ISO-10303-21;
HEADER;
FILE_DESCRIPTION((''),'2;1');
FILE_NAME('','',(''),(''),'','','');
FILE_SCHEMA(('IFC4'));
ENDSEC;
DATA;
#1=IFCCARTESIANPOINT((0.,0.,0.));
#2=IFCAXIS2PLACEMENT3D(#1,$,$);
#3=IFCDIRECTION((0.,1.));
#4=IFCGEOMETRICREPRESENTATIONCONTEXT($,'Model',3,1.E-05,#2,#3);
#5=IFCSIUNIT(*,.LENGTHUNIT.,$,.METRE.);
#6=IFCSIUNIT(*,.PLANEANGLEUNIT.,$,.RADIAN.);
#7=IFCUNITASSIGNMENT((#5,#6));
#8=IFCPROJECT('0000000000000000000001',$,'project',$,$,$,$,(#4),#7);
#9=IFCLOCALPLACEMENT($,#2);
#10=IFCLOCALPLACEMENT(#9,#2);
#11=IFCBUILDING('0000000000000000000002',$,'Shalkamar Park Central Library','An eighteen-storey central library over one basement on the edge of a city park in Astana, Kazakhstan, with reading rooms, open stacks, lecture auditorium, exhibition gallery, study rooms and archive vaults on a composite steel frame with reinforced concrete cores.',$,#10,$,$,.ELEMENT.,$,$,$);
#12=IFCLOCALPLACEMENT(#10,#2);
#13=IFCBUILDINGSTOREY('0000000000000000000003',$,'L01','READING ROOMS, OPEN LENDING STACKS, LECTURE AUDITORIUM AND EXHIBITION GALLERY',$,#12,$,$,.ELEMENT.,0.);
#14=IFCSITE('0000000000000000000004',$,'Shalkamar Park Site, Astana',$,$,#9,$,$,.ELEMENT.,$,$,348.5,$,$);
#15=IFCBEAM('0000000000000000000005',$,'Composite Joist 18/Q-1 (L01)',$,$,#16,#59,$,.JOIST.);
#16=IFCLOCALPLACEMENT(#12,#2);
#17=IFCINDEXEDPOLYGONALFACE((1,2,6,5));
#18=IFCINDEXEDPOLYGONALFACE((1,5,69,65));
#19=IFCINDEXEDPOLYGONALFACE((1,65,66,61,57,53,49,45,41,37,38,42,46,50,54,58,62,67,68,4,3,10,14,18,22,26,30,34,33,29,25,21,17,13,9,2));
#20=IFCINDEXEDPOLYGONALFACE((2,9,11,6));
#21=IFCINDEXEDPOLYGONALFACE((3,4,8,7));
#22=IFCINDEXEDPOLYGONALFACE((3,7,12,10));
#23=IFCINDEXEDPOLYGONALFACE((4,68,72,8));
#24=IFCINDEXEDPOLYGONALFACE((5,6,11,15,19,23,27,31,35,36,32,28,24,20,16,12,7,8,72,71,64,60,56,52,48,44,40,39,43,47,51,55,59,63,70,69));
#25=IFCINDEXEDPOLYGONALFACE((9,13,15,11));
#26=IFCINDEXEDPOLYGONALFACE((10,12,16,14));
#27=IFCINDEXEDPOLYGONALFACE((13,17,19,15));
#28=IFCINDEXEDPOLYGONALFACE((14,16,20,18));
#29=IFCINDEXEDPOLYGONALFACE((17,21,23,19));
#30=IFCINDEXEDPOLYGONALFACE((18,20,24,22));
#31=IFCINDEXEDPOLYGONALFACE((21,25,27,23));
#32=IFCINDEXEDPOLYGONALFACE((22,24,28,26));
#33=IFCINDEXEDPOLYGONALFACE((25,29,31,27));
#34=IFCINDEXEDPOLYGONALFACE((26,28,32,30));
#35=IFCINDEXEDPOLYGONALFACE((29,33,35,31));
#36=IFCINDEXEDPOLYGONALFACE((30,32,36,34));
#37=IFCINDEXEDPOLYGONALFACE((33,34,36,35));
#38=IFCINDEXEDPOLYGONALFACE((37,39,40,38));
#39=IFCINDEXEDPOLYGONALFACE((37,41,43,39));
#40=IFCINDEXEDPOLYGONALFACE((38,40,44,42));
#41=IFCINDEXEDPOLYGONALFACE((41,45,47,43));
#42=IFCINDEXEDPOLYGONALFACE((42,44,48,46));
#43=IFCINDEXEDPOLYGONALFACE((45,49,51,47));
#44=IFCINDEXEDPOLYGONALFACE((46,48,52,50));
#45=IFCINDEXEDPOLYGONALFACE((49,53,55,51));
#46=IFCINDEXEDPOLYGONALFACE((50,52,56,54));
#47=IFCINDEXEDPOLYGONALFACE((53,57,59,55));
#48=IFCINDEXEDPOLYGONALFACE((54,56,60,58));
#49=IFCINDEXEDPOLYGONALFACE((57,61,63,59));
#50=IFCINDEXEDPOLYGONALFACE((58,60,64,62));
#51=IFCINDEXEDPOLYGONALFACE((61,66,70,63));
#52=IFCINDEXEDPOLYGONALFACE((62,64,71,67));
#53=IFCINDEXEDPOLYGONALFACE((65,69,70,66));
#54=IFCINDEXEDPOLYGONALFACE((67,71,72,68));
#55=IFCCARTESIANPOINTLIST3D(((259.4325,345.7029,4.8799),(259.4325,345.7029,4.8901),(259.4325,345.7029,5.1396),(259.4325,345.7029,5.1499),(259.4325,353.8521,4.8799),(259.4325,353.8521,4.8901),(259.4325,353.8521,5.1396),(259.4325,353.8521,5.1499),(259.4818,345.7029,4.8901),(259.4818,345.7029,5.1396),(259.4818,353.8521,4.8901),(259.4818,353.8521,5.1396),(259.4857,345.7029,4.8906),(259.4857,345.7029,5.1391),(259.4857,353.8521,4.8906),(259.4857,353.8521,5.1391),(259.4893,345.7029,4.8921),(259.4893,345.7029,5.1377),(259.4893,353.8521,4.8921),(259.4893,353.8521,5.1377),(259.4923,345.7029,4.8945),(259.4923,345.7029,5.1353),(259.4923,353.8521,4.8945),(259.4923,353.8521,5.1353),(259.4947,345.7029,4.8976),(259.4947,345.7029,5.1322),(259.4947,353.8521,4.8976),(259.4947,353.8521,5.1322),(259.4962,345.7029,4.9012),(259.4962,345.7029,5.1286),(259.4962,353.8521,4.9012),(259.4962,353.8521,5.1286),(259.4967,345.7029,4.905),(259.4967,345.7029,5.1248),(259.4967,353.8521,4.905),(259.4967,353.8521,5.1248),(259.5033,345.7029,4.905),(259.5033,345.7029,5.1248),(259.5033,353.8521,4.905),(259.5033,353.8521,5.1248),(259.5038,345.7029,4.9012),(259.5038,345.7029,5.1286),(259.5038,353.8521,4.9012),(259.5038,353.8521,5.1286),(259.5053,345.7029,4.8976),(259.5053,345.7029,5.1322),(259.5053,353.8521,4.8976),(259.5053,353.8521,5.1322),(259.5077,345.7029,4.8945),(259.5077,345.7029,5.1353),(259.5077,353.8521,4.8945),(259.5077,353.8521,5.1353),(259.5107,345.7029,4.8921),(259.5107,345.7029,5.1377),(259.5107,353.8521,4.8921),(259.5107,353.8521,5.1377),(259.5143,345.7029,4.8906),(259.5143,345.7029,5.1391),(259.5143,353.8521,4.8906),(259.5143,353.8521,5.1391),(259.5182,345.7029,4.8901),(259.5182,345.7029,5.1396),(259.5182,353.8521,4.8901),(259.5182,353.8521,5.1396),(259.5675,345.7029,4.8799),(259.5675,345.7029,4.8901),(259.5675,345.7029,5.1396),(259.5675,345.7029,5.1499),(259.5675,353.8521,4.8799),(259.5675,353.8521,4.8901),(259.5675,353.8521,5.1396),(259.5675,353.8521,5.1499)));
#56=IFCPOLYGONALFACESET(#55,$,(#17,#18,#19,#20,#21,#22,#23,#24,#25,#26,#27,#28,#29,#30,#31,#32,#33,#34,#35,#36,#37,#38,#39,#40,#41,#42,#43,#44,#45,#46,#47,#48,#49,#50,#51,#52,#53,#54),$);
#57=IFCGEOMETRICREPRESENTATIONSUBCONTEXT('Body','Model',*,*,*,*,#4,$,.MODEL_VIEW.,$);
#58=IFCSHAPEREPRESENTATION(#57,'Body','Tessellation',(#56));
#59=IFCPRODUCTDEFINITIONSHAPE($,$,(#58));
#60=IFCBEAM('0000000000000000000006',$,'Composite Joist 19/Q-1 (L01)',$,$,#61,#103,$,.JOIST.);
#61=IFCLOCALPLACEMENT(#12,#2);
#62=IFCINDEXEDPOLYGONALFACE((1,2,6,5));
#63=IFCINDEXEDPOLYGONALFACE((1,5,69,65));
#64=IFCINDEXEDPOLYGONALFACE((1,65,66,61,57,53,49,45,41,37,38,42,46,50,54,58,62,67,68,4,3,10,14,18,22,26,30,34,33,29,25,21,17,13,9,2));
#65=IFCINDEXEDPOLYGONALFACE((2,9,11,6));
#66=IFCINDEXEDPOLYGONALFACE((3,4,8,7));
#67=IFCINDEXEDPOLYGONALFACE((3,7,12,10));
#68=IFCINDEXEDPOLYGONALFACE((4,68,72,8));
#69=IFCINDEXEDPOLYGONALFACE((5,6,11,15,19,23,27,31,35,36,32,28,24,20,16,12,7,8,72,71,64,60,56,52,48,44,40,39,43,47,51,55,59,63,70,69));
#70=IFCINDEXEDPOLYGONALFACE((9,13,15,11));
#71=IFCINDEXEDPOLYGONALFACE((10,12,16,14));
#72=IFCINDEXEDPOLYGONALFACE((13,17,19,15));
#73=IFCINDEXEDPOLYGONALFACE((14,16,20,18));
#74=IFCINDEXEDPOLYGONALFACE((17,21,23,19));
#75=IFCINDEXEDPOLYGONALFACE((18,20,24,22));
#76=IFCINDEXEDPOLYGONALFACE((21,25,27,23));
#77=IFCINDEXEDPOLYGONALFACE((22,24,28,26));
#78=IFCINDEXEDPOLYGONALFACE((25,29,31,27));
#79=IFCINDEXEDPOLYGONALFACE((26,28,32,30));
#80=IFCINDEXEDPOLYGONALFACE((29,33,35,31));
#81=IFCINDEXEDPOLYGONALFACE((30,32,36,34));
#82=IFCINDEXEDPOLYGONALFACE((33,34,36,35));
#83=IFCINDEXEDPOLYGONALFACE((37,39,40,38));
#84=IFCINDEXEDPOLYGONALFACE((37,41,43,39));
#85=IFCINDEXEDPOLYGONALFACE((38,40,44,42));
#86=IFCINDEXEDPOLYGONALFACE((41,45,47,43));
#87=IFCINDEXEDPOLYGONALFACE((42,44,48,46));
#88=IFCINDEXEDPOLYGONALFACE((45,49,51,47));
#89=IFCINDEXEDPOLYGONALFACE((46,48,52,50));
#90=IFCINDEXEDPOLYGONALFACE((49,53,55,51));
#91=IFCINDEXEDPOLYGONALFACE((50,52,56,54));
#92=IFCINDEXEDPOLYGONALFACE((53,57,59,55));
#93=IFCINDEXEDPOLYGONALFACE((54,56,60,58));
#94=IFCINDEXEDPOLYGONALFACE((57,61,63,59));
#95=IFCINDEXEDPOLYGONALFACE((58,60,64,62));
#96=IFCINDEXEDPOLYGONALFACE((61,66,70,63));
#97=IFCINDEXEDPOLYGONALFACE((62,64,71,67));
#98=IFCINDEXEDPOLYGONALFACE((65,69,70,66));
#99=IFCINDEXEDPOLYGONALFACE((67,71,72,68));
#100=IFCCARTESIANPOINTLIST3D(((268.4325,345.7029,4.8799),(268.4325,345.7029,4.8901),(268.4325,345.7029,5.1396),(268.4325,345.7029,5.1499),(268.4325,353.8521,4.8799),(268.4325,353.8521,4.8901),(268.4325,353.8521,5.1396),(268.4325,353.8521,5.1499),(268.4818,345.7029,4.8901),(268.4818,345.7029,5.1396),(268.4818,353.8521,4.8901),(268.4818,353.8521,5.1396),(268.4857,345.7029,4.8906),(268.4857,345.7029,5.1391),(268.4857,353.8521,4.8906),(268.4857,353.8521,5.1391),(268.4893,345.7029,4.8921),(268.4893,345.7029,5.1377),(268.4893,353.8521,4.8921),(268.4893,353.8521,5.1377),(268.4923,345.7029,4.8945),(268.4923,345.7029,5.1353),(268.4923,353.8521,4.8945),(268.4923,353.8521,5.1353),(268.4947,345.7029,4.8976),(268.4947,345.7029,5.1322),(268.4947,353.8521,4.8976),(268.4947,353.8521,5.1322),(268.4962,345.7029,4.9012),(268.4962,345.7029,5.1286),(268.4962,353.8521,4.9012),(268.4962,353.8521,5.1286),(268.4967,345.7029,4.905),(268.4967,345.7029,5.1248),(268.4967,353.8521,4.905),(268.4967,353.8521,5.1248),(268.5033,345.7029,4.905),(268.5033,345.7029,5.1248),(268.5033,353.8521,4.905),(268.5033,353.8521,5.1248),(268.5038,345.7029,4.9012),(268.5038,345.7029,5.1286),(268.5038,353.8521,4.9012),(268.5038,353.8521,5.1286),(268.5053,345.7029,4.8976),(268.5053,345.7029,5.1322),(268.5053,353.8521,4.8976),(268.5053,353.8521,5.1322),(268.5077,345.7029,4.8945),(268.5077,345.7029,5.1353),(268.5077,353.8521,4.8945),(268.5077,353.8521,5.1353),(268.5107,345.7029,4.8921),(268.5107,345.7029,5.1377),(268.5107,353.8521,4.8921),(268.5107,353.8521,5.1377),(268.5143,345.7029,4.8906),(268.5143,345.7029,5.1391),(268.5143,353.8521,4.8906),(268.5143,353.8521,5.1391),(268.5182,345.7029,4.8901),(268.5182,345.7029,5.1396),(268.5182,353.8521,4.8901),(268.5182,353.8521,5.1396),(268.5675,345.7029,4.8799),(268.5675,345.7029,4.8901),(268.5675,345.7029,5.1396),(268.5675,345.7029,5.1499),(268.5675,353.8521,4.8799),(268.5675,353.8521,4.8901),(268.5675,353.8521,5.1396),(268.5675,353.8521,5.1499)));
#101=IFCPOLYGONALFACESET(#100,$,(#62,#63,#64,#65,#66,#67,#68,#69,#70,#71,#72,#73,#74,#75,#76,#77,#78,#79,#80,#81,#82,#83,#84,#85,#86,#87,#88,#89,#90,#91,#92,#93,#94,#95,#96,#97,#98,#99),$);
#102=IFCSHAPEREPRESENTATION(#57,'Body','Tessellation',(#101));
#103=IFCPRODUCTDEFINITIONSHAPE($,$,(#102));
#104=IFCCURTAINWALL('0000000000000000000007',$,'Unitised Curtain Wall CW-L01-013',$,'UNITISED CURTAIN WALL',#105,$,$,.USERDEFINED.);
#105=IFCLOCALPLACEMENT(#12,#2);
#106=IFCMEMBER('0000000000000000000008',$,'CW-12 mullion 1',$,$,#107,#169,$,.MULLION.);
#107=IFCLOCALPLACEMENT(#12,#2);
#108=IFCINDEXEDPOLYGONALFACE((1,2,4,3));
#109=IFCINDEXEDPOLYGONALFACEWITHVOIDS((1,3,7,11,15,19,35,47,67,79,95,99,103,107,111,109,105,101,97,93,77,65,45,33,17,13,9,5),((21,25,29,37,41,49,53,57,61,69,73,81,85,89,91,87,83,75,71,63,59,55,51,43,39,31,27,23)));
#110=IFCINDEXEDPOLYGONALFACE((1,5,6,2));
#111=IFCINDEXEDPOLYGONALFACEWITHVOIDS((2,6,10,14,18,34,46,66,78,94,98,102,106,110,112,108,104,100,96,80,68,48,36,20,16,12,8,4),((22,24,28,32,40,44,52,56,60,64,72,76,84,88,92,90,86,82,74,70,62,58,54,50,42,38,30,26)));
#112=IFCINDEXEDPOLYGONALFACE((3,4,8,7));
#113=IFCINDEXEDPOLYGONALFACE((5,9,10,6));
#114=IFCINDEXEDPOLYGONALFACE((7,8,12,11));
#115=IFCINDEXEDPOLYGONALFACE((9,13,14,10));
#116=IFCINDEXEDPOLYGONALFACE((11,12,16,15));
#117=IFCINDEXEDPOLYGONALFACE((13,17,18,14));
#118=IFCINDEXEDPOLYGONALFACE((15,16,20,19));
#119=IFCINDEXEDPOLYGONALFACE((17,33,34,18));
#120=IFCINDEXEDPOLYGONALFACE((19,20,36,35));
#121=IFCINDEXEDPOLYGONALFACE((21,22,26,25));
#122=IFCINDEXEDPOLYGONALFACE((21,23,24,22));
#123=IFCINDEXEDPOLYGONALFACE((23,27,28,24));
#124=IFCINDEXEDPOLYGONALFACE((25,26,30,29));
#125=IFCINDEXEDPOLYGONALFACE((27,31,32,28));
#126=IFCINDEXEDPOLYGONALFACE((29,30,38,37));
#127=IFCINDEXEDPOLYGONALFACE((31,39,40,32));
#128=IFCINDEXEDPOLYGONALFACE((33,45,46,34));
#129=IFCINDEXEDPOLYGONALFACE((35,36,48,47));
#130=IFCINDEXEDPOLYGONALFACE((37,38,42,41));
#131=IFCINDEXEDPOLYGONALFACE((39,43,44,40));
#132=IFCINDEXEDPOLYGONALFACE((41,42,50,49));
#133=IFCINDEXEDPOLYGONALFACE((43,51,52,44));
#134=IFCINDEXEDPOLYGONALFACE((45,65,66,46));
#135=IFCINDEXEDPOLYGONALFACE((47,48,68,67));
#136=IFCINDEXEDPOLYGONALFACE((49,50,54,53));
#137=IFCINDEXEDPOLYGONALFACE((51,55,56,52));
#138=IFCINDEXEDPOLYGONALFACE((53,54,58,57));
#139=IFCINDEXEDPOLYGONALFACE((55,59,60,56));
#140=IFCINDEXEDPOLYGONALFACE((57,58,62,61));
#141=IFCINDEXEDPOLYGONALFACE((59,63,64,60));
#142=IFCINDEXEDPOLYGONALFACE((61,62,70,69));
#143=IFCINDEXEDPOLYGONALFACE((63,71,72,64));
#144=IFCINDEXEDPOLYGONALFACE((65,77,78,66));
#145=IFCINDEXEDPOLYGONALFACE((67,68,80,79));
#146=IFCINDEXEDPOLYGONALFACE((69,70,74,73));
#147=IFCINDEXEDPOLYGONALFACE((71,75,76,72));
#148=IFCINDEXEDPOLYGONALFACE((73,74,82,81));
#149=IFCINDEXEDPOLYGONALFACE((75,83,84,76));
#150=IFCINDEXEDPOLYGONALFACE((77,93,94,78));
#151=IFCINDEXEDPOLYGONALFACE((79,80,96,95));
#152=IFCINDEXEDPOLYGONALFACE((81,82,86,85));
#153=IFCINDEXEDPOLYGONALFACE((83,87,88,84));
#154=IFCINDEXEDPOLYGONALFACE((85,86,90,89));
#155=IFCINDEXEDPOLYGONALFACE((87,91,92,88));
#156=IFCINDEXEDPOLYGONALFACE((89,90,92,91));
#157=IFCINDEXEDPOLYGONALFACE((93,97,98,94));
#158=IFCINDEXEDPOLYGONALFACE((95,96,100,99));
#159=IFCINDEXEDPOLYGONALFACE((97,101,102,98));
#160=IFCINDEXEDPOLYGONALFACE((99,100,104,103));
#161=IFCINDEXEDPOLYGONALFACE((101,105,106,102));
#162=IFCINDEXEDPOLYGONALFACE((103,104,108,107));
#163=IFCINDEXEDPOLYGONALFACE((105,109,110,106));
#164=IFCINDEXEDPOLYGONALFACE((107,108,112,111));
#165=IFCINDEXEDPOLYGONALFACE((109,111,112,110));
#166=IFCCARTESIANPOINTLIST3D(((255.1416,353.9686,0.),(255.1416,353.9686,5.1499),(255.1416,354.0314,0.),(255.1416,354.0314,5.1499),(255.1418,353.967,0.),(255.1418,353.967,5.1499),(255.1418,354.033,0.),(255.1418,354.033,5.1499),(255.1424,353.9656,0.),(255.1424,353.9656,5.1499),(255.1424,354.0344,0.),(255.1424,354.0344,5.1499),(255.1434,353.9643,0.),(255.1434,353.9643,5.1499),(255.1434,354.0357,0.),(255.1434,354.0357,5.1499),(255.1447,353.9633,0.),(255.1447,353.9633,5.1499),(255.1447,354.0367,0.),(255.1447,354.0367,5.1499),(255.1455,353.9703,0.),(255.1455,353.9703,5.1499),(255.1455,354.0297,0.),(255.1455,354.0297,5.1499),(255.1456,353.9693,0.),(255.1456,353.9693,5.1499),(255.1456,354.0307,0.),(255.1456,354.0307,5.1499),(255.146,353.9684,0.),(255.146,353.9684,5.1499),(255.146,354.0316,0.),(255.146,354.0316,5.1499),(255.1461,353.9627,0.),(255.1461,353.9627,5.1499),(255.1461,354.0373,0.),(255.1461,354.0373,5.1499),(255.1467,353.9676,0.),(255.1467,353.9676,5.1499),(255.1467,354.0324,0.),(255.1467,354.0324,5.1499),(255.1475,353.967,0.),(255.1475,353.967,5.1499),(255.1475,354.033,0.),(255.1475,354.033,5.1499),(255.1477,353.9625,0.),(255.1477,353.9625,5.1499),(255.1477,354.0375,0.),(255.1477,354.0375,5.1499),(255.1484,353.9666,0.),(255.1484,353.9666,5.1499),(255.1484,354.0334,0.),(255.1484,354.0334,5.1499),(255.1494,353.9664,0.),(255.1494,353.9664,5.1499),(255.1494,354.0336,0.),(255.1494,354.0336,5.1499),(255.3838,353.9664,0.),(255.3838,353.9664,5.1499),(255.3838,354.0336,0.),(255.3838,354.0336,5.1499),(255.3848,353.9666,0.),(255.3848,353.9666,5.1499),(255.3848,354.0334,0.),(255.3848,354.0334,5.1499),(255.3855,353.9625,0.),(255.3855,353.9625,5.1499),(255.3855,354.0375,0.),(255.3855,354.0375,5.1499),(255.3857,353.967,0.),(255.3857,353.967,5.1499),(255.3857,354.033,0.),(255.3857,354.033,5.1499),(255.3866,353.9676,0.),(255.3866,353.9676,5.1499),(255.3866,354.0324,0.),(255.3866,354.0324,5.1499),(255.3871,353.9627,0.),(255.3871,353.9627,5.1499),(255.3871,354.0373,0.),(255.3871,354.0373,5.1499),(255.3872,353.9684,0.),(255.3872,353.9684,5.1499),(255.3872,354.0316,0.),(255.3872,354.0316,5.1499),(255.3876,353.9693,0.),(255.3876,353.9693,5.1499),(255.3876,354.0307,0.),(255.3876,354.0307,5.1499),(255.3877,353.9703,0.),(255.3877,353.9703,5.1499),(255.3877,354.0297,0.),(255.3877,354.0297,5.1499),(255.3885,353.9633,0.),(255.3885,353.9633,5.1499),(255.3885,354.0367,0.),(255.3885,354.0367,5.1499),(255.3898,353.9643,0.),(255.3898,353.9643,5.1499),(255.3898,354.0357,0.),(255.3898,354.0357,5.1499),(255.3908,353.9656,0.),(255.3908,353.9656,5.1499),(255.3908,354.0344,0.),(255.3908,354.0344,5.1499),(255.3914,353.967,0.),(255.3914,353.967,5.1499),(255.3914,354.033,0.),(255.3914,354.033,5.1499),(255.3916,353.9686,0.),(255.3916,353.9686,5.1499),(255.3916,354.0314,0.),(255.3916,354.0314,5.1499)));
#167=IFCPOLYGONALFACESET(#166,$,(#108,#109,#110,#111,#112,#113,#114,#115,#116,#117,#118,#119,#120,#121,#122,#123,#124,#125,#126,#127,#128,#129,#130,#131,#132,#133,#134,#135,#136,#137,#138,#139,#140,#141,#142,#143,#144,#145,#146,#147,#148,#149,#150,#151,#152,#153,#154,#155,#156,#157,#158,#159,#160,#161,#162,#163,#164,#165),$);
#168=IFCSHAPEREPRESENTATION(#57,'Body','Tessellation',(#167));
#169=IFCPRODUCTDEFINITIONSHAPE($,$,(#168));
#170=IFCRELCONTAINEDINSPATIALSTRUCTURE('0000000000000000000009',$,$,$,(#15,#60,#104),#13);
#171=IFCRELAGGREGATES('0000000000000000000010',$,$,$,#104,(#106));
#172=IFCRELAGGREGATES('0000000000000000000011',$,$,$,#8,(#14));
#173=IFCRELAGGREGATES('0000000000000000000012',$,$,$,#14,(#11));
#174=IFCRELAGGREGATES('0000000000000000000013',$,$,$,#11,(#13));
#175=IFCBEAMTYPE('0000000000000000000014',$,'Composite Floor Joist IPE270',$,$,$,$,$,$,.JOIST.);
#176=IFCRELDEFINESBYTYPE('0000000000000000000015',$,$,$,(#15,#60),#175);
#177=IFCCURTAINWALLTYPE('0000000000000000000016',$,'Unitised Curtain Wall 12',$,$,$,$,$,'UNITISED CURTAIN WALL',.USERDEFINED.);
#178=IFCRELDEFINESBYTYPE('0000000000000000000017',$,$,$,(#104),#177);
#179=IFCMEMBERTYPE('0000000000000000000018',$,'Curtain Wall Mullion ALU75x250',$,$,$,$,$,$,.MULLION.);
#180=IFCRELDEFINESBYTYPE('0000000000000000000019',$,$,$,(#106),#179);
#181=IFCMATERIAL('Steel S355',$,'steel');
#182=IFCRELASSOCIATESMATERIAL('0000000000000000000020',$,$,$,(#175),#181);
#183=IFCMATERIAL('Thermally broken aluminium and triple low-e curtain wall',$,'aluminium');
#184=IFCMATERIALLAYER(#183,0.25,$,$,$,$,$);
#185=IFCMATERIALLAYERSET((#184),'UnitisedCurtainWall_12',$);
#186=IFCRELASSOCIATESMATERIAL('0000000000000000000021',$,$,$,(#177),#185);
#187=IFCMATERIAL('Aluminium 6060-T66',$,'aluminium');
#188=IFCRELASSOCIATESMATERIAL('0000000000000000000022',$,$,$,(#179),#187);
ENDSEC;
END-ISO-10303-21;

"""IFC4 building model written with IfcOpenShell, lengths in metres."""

from ifc_helpers import new_model, si_unit, direction, frame, origin, origin_2d, place, context, subcontext, project, spatial, hollow_rectangle, i_section, extrude, material, layer, layer_set, material_profile, profile_set, type_object, element, aggregate, save


model = new_model("IFC4")

# Units and contexts
model_context = context("Model", 3, precision=1e-05, world=origin(), true_north=direction((0.0, 1.0)))
body_context = subcontext(model_context, "Body", "Model", "MODEL_VIEW")
ifc_project = project(units=[si_unit("LENGTHUNIT", "METRE"), si_unit("PLANEANGLEUNIT", "RADIAN")], contexts=[model_context])

# Site, building, storey
site_placement = place(None, origin())
site = spatial("IfcSite", under=ifc_project, at=site_placement, Name="Shalkamar Park Site, Astana", CompositionType="ELEMENT", RefElevation=348.5)
building_placement = place(site_placement, origin())
building = spatial("IfcBuilding", under=site, at=building_placement, Name="Shalkamar Park Central Library", Description="An eighteen-storey central library over one basement on the edge of a city park in Astana, Kazakhstan, with reading rooms, open stacks, lecture auditorium, exhibition gallery, study rooms and archive vaults on a composite steel frame with reinforced concrete cores.", CompositionType="ELEMENT")
storey_placement = place(building_placement, origin())
storey = spatial("IfcBuildingStorey", under=building, at=storey_placement, Name="L01", Description="READING ROOMS, OPEN LENDING STACKS, LECTURE AUDITORIUM AND EXHIBITION GALLERY", CompositionType="ELEMENT", Elevation=0.0)

# Shared definitions
ifc_material_1 = material(Name="Steel S355", Category="steel")

# Beams
ifc_material_profile_1 = material_profile(ifc_material_1, i_section(OverallWidth=0.135, OverallDepth=0.27, WebThickness=0.0066, FlangeThickness=0.0103, FilletRadius=0.0149, at=origin_2d()), Name="IPE 270")
ifc_profile_set_1 = profile_set([ifc_material_profile_1], Name="Steel S355")
beam_type_1 = type_object("IfcBeamType", Name="Composite Floor Joist IPE270", PredefinedType="JOIST", material=ifc_profile_set_1)
for number, where, z_axis, x_axis, name in (
    (1, (259.5, 345.7029, 5.0149), (0.0, 1.0, 0.0), (-1.0, 0.0, 0.0), "Composite Joist 18/Q-1 (L01)"),
    (2, (268.5, 345.7029, 5.0149), (0.0, 1.0, 0.0), (-1.0, 0.0, 0.0), "Composite Joist 19/Q-1 (L01)"),
):
    element("IfcBeam", number, at=place(storey_placement, frame(where, z_axis=z_axis, x_axis=x_axis)), inside=storey, type_object=beam_type_1, Name=name, PredefinedType="JOIST", context=body_context, shape_type="SweptSolid", body=[
        extrude(i_section(OverallWidth=0.135, OverallDepth=0.27, WebThickness=0.0066, FlangeThickness=0.0103, FilletRadius=0.0149, at=origin_2d()), origin(), (0.0, 0.0, 1.0), 8.1492),
    ])

# Curtain wall, member
ifc_material_2 = material(Name="Thermally broken aluminium and triple low-e curtain wall", Category="aluminium")
ifc_layer_1 = layer(ifc_material_2, 0.25)
ifc_layer_set_1 = layer_set([ifc_layer_1], Name="UnitisedCurtainWall_12")
curtain_wall_type = type_object("IfcCurtainWallType", Name="Unitised Curtain Wall 12", ElementType="UNITISED CURTAIN WALL", PredefinedType="USERDEFINED", material=ifc_layer_set_1)
curtain_wall_placement = place(storey_placement, origin())
curtain_wall = element("IfcCurtainWall", 3, at=curtain_wall_placement, inside=storey, type_object=curtain_wall_type, Name="Unitised Curtain Wall CW-L01-013", ObjectType="UNITISED CURTAIN WALL", PredefinedType="USERDEFINED")
ifc_material_3 = material(Name="Aluminium 6060-T66", Category="aluminium")
ifc_material_profile_2 = material_profile(ifc_material_3, hollow_rectangle(XDim=0.075, YDim=0.25, WallThickness=0.0039, InnerFilletRadius=0.0039, OuterFilletRadius=0.0061, at=origin_2d()), Name="ALU 75x250x4")
ifc_profile_set_2 = profile_set([ifc_material_profile_2], Name="Aluminium 6060-T66")
member_type_1 = type_object("IfcMemberType", Name="Curtain Wall Mullion ALU75x250", PredefinedType="MULLION", material=ifc_profile_set_2)
member_1_placement = place(storey_placement, frame((255.2666, 354.0, 0.0), z_axis=(0.0, 0.0, 1.0), x_axis=(0.0, 1.0, 0.0)))
member_1 = element("IfcMember", 4, at=member_1_placement, type_object=member_type_1, Name="CW-12 mullion 1", PredefinedType="MULLION", context=body_context, shape_type="SweptSolid", body=[
    extrude(hollow_rectangle(XDim=0.075, YDim=0.25, WallThickness=0.0039, InnerFilletRadius=0.0039, OuterFilletRadius=0.0061, at=origin_2d()), origin(), (0.0, 0.0, 1.0), 5.1499),
])

aggregate(curtain_wall, [member_1])

save(model, "model.ifc")
